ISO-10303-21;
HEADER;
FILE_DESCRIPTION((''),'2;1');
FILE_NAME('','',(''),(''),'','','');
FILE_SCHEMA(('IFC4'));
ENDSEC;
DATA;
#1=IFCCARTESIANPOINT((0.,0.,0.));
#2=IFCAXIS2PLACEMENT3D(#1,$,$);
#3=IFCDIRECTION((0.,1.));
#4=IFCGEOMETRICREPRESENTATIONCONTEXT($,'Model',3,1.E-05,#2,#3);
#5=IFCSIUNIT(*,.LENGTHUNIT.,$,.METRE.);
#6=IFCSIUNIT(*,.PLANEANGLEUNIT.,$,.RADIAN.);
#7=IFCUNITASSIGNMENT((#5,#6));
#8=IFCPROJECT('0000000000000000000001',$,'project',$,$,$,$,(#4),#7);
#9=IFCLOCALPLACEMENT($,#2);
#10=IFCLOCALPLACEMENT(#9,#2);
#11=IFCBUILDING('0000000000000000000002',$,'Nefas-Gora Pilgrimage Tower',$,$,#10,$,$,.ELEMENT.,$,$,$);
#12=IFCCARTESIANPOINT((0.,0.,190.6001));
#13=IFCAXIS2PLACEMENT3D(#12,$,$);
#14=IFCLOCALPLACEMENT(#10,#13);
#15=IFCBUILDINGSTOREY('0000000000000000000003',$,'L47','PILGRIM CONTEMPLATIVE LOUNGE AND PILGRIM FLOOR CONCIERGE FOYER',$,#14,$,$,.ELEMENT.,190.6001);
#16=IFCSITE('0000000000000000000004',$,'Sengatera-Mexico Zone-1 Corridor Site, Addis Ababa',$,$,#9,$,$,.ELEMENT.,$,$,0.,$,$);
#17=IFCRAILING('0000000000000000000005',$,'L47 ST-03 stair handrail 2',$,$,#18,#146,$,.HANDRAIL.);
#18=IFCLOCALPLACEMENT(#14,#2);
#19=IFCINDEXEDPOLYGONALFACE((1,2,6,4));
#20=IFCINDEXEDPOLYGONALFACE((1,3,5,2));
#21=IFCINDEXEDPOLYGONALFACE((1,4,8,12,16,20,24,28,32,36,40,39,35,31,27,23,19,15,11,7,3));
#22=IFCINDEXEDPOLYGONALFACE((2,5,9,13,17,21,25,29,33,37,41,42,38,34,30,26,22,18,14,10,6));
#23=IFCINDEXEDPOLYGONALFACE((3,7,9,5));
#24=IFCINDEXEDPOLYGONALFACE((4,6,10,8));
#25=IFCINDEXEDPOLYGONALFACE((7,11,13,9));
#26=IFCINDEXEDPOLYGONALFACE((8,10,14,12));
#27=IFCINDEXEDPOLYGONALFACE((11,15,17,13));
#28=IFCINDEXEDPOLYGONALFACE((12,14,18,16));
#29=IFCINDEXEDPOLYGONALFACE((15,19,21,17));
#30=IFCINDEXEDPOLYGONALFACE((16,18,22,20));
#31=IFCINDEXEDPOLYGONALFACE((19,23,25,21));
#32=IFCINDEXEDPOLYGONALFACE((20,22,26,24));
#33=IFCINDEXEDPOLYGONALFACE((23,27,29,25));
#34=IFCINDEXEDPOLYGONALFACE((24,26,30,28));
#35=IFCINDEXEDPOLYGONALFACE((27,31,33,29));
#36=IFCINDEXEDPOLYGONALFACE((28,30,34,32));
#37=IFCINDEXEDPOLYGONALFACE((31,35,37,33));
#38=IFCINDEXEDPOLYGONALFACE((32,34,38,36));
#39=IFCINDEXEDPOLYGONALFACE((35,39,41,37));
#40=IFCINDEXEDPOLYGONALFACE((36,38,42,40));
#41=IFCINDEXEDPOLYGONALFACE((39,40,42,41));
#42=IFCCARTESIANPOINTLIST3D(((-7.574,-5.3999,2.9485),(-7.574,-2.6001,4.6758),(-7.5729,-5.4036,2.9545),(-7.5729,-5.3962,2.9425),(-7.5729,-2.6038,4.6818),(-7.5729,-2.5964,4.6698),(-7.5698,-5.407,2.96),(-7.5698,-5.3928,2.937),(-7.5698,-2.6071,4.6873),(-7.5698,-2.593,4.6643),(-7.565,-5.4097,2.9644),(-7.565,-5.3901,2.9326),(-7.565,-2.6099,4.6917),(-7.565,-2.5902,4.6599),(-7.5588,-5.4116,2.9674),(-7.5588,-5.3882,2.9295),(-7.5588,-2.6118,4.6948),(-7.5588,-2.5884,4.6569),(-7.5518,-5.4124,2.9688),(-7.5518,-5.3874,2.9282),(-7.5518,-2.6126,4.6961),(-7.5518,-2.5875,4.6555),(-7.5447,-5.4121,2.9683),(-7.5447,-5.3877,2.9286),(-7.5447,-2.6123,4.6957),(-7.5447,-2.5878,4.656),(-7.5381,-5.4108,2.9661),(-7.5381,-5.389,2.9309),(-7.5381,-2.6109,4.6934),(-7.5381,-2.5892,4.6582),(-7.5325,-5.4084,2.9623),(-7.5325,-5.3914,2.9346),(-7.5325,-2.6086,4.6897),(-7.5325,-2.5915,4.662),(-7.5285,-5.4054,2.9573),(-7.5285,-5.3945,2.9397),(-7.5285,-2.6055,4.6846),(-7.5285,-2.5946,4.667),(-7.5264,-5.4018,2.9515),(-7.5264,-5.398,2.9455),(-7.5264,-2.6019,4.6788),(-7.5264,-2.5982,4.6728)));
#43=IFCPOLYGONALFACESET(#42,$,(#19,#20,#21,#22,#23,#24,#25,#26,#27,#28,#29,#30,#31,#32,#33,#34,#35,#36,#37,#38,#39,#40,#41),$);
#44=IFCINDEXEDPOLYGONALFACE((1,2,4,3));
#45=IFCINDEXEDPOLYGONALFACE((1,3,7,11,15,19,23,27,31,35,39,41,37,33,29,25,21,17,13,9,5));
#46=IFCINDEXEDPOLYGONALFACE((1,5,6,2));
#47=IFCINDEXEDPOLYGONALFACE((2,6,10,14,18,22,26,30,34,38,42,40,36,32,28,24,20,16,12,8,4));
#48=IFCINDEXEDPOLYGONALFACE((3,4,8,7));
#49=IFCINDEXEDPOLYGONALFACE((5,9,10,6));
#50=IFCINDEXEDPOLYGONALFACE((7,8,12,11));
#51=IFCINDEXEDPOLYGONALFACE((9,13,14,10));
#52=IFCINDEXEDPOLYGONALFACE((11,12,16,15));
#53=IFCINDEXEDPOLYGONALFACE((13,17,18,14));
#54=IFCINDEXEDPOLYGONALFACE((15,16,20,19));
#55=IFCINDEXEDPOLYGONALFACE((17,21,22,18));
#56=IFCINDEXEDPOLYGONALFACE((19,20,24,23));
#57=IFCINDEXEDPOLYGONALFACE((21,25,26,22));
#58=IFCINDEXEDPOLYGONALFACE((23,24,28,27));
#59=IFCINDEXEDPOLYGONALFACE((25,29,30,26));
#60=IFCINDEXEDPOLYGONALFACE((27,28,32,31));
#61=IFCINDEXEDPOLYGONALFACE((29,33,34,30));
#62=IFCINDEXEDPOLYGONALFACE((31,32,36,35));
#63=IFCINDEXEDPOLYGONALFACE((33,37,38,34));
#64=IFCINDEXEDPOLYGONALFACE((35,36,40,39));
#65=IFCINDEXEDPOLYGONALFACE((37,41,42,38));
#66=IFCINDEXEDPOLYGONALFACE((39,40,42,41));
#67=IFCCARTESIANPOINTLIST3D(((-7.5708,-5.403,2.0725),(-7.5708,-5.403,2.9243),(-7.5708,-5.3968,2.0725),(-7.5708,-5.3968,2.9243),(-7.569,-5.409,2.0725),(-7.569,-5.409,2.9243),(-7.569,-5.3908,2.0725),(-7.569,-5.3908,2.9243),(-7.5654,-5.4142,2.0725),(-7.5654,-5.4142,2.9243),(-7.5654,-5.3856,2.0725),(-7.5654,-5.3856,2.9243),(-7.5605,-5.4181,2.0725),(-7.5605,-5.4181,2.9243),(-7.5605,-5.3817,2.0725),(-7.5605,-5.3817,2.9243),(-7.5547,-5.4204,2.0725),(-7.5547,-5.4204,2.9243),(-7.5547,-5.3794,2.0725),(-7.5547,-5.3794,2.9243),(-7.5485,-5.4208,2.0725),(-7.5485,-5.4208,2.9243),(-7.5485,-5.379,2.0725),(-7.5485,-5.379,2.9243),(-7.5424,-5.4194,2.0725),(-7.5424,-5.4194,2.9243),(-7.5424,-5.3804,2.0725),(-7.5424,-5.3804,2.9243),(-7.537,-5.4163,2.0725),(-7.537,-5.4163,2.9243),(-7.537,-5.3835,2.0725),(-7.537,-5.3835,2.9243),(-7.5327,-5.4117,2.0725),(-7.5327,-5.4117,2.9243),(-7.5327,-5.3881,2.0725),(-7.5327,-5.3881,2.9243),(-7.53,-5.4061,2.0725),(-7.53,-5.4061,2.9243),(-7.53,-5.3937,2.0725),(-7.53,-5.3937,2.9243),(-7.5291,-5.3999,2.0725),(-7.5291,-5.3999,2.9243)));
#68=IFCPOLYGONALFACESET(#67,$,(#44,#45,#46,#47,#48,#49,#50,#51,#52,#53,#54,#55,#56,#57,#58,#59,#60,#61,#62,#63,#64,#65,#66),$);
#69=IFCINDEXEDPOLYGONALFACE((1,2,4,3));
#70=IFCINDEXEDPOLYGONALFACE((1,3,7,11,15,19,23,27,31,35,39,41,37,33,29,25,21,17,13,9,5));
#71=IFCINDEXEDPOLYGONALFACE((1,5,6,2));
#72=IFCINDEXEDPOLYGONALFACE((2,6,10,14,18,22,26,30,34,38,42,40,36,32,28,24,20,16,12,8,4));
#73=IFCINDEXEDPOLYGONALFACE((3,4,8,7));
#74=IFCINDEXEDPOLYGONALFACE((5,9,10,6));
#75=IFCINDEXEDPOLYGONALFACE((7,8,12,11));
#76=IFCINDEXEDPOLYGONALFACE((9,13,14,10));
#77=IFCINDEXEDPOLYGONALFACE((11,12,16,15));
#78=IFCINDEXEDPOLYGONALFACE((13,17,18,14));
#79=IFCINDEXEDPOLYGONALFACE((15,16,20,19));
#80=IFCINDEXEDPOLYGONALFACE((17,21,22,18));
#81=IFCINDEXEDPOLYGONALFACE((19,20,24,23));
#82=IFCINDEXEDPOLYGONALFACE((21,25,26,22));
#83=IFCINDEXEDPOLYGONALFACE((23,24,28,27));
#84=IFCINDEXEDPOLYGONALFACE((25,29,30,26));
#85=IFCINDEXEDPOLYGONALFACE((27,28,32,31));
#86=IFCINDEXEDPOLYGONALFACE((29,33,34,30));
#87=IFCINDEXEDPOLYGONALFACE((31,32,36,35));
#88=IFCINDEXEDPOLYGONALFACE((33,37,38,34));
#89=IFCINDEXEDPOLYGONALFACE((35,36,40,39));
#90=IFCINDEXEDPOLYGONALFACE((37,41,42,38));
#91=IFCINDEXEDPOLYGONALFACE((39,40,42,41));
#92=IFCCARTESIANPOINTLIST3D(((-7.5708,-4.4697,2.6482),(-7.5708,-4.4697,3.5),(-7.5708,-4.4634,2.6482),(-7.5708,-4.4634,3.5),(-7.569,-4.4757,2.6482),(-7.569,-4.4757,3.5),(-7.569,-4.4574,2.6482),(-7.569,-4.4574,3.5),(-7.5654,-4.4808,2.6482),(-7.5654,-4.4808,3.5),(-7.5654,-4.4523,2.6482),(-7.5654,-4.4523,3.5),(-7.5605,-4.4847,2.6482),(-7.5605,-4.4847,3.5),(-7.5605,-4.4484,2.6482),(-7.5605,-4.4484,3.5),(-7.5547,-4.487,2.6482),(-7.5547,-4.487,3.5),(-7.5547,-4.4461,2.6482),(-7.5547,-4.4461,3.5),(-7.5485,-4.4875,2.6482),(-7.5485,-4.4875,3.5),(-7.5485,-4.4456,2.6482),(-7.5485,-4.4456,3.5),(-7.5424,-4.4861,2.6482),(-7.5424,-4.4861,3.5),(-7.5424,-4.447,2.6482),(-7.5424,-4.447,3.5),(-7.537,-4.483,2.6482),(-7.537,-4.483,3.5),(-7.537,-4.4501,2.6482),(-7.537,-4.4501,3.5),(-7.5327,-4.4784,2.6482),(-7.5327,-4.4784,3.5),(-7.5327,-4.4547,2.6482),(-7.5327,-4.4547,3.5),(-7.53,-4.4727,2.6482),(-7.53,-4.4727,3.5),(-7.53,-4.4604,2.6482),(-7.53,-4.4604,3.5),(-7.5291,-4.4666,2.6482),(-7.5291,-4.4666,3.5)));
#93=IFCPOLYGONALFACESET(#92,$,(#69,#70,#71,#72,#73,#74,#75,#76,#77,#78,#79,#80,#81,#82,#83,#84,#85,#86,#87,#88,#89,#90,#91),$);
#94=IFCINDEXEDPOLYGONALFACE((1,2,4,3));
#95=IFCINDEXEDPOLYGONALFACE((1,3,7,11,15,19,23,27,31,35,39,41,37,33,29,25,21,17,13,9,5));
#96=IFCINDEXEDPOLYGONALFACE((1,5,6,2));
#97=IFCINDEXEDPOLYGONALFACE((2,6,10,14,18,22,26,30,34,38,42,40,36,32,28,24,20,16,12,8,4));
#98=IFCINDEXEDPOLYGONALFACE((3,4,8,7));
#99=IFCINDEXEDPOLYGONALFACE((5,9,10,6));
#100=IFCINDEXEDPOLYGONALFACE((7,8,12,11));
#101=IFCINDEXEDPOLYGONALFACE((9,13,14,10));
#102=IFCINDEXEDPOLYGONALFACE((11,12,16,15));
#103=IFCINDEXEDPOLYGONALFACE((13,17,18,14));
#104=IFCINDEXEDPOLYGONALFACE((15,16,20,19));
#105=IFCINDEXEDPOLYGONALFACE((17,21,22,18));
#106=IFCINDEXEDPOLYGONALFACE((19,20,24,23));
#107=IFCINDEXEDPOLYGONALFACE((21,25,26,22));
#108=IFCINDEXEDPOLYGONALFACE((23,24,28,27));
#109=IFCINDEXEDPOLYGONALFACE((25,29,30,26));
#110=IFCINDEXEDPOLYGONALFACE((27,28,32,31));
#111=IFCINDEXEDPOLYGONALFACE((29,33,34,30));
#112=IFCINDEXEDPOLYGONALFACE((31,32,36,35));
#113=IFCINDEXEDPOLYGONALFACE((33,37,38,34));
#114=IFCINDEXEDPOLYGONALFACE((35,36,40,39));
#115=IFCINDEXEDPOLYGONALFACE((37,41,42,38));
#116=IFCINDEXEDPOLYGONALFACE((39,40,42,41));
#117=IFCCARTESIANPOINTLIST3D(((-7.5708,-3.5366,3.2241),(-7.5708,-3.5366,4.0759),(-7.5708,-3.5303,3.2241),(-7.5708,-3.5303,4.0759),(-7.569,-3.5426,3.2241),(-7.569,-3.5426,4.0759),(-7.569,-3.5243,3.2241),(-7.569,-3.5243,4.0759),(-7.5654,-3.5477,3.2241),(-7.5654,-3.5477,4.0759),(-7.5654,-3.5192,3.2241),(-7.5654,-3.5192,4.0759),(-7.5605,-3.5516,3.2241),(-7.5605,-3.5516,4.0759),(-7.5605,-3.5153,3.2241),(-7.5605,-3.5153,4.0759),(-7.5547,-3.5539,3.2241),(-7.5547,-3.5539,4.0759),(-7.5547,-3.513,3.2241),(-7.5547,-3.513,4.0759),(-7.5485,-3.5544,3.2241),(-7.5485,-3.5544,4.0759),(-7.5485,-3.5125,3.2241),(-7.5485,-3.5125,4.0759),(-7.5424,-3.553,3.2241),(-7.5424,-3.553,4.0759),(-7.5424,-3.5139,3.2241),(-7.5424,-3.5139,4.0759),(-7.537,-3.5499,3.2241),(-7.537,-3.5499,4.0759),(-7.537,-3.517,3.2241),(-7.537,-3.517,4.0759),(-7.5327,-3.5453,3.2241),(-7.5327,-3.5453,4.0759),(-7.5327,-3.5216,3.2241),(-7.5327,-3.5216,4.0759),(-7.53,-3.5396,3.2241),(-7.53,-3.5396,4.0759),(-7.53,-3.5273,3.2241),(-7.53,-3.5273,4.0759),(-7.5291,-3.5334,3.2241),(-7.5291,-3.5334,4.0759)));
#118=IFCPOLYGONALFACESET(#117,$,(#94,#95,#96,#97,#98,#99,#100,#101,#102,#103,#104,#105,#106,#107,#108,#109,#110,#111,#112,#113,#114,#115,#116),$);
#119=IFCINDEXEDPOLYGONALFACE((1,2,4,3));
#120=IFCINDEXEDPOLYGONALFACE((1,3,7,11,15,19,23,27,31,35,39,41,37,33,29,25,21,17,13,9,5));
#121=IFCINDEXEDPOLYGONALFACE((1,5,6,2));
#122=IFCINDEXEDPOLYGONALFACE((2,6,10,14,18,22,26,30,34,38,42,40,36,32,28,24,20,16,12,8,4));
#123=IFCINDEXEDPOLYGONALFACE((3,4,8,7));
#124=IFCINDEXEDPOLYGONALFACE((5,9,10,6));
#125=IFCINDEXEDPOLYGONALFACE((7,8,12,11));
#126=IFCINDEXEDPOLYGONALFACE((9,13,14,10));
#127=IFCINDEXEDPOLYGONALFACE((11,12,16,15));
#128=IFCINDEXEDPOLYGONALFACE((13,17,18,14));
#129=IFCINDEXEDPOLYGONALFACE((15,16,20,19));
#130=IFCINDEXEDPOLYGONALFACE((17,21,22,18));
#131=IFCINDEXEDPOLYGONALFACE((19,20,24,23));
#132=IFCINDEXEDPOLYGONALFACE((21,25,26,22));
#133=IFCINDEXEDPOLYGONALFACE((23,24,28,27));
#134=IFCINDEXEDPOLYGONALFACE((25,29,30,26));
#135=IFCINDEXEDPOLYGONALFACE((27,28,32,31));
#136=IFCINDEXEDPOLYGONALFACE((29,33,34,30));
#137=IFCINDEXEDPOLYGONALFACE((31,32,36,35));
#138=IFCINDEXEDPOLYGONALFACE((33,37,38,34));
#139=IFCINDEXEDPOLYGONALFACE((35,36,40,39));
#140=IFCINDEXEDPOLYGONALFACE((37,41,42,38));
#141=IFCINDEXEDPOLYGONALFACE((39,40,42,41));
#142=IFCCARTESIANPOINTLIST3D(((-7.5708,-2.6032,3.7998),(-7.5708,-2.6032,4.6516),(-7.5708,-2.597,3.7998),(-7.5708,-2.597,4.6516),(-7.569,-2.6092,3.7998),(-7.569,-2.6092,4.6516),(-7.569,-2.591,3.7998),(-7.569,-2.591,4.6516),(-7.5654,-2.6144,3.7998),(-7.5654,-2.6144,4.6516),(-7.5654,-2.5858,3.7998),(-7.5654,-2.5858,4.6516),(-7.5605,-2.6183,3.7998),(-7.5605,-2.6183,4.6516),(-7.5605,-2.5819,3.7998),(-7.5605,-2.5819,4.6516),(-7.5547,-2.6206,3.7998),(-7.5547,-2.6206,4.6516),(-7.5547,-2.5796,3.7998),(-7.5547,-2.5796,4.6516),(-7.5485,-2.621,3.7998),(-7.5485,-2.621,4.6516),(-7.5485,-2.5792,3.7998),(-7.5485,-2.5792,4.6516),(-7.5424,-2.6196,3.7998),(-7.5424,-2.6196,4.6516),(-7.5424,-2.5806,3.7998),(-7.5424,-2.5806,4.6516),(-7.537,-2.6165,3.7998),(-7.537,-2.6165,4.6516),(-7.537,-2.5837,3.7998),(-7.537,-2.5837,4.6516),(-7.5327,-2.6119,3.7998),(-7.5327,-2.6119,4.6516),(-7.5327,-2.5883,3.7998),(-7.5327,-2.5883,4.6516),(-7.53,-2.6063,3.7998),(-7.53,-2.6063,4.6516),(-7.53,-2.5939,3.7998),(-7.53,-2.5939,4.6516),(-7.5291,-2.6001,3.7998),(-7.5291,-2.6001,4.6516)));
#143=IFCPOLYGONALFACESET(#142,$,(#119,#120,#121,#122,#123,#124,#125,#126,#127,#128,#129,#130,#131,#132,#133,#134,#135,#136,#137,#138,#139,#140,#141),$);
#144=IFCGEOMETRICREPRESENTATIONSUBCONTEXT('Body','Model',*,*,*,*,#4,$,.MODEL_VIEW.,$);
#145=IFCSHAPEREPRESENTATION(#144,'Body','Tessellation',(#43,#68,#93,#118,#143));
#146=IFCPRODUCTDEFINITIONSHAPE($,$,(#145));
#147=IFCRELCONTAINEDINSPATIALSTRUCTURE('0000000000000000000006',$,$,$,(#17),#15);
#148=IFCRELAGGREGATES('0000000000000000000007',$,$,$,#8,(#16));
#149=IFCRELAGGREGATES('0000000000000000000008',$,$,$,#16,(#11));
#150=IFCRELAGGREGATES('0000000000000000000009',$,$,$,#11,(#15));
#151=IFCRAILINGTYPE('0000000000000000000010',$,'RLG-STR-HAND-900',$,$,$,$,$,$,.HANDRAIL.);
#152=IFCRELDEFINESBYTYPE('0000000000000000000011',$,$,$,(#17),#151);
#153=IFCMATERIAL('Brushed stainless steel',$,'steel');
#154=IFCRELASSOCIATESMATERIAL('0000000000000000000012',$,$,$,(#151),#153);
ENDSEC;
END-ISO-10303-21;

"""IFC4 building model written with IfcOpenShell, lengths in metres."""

from ifc_helpers import new_model, si_unit, direction, frame, origin, origin_2d, place, context, subcontext, project, spatial, circle, extrude, material, type_object, element, save


model = new_model("IFC4")

# Units and contexts
model_context = context("Model", 3, precision=1e-05, world=origin(), true_north=direction((0.0, 1.0)))
body_context = subcontext(model_context, "Body", "Model", "MODEL_VIEW")
ifc_project = project(units=[si_unit("LENGTHUNIT", "METRE"), si_unit("PLANEANGLEUNIT", "RADIAN")], contexts=[model_context])

# Site, building, storey
site_placement = place(None, origin())
site = spatial("IfcSite", under=ifc_project, at=site_placement, Name="Sengatera-Mexico Zone-1 Corridor Site, Addis Ababa", CompositionType="ELEMENT", RefElevation=0.0)
building_placement = place(site_placement, origin())
building = spatial("IfcBuilding", under=site, at=building_placement, Name="Nefas-Gora Pilgrimage Tower", CompositionType="ELEMENT")
storey_placement = place(building_placement, frame((0.0, 0.0, 190.6001)))
storey = spatial("IfcBuildingStorey", under=building, at=storey_placement, Name="L47", Description="PILGRIM CONTEMPLATIVE LOUNGE AND PILGRIM FLOOR CONCIERGE FOYER", CompositionType="ELEMENT", Elevation=190.6001)

# Railing
ifc_material_1 = material(Name="Brushed stainless steel", Category="steel")
railing_type_1 = type_object("IfcRailingType", Name="RLG-STR-HAND-900", PredefinedType="HANDRAIL", material=ifc_material_1)
railing_1_placement = place(storey_placement, frame((-7.55, -5.3999, 2.0725)))
element("IfcRailing", 1, at=railing_1_placement, inside=storey, type_object=railing_type_1, Name="L47 ST-03 stair handrail 2", PredefinedType="HANDRAIL", context=body_context, shape_type="SweptSolid", body=[
    extrude(circle(Radius=0.0239, at=origin_2d()), frame((0.0, 0.0, 0.876), z_axis=(0.0, 0.851069, 0.525054), x_axis=(-1.0, 0.0, 0.0)), (0.0, 0.0, 1.0), 3.2898),
    extrude(circle(Radius=0.021, at=origin_2d()), origin(), (0.0, 0.0, 1.0), 0.8518),
    extrude(circle(Radius=0.021, at=origin_2d()), frame((0.0, 0.9333, 0.5757)), (0.0, 0.0, 1.0), 0.8518),
    extrude(circle(Radius=0.021, at=origin_2d()), frame((0.0, 1.8665, 1.1516)), (0.0, 0.0, 1.0), 0.8518),
    extrude(circle(Radius=0.021, at=origin_2d()), frame((0.0, 2.7998, 1.7273)), (0.0, 0.0, 1.0), 0.8518),
])

save(model, "model.ifc")
